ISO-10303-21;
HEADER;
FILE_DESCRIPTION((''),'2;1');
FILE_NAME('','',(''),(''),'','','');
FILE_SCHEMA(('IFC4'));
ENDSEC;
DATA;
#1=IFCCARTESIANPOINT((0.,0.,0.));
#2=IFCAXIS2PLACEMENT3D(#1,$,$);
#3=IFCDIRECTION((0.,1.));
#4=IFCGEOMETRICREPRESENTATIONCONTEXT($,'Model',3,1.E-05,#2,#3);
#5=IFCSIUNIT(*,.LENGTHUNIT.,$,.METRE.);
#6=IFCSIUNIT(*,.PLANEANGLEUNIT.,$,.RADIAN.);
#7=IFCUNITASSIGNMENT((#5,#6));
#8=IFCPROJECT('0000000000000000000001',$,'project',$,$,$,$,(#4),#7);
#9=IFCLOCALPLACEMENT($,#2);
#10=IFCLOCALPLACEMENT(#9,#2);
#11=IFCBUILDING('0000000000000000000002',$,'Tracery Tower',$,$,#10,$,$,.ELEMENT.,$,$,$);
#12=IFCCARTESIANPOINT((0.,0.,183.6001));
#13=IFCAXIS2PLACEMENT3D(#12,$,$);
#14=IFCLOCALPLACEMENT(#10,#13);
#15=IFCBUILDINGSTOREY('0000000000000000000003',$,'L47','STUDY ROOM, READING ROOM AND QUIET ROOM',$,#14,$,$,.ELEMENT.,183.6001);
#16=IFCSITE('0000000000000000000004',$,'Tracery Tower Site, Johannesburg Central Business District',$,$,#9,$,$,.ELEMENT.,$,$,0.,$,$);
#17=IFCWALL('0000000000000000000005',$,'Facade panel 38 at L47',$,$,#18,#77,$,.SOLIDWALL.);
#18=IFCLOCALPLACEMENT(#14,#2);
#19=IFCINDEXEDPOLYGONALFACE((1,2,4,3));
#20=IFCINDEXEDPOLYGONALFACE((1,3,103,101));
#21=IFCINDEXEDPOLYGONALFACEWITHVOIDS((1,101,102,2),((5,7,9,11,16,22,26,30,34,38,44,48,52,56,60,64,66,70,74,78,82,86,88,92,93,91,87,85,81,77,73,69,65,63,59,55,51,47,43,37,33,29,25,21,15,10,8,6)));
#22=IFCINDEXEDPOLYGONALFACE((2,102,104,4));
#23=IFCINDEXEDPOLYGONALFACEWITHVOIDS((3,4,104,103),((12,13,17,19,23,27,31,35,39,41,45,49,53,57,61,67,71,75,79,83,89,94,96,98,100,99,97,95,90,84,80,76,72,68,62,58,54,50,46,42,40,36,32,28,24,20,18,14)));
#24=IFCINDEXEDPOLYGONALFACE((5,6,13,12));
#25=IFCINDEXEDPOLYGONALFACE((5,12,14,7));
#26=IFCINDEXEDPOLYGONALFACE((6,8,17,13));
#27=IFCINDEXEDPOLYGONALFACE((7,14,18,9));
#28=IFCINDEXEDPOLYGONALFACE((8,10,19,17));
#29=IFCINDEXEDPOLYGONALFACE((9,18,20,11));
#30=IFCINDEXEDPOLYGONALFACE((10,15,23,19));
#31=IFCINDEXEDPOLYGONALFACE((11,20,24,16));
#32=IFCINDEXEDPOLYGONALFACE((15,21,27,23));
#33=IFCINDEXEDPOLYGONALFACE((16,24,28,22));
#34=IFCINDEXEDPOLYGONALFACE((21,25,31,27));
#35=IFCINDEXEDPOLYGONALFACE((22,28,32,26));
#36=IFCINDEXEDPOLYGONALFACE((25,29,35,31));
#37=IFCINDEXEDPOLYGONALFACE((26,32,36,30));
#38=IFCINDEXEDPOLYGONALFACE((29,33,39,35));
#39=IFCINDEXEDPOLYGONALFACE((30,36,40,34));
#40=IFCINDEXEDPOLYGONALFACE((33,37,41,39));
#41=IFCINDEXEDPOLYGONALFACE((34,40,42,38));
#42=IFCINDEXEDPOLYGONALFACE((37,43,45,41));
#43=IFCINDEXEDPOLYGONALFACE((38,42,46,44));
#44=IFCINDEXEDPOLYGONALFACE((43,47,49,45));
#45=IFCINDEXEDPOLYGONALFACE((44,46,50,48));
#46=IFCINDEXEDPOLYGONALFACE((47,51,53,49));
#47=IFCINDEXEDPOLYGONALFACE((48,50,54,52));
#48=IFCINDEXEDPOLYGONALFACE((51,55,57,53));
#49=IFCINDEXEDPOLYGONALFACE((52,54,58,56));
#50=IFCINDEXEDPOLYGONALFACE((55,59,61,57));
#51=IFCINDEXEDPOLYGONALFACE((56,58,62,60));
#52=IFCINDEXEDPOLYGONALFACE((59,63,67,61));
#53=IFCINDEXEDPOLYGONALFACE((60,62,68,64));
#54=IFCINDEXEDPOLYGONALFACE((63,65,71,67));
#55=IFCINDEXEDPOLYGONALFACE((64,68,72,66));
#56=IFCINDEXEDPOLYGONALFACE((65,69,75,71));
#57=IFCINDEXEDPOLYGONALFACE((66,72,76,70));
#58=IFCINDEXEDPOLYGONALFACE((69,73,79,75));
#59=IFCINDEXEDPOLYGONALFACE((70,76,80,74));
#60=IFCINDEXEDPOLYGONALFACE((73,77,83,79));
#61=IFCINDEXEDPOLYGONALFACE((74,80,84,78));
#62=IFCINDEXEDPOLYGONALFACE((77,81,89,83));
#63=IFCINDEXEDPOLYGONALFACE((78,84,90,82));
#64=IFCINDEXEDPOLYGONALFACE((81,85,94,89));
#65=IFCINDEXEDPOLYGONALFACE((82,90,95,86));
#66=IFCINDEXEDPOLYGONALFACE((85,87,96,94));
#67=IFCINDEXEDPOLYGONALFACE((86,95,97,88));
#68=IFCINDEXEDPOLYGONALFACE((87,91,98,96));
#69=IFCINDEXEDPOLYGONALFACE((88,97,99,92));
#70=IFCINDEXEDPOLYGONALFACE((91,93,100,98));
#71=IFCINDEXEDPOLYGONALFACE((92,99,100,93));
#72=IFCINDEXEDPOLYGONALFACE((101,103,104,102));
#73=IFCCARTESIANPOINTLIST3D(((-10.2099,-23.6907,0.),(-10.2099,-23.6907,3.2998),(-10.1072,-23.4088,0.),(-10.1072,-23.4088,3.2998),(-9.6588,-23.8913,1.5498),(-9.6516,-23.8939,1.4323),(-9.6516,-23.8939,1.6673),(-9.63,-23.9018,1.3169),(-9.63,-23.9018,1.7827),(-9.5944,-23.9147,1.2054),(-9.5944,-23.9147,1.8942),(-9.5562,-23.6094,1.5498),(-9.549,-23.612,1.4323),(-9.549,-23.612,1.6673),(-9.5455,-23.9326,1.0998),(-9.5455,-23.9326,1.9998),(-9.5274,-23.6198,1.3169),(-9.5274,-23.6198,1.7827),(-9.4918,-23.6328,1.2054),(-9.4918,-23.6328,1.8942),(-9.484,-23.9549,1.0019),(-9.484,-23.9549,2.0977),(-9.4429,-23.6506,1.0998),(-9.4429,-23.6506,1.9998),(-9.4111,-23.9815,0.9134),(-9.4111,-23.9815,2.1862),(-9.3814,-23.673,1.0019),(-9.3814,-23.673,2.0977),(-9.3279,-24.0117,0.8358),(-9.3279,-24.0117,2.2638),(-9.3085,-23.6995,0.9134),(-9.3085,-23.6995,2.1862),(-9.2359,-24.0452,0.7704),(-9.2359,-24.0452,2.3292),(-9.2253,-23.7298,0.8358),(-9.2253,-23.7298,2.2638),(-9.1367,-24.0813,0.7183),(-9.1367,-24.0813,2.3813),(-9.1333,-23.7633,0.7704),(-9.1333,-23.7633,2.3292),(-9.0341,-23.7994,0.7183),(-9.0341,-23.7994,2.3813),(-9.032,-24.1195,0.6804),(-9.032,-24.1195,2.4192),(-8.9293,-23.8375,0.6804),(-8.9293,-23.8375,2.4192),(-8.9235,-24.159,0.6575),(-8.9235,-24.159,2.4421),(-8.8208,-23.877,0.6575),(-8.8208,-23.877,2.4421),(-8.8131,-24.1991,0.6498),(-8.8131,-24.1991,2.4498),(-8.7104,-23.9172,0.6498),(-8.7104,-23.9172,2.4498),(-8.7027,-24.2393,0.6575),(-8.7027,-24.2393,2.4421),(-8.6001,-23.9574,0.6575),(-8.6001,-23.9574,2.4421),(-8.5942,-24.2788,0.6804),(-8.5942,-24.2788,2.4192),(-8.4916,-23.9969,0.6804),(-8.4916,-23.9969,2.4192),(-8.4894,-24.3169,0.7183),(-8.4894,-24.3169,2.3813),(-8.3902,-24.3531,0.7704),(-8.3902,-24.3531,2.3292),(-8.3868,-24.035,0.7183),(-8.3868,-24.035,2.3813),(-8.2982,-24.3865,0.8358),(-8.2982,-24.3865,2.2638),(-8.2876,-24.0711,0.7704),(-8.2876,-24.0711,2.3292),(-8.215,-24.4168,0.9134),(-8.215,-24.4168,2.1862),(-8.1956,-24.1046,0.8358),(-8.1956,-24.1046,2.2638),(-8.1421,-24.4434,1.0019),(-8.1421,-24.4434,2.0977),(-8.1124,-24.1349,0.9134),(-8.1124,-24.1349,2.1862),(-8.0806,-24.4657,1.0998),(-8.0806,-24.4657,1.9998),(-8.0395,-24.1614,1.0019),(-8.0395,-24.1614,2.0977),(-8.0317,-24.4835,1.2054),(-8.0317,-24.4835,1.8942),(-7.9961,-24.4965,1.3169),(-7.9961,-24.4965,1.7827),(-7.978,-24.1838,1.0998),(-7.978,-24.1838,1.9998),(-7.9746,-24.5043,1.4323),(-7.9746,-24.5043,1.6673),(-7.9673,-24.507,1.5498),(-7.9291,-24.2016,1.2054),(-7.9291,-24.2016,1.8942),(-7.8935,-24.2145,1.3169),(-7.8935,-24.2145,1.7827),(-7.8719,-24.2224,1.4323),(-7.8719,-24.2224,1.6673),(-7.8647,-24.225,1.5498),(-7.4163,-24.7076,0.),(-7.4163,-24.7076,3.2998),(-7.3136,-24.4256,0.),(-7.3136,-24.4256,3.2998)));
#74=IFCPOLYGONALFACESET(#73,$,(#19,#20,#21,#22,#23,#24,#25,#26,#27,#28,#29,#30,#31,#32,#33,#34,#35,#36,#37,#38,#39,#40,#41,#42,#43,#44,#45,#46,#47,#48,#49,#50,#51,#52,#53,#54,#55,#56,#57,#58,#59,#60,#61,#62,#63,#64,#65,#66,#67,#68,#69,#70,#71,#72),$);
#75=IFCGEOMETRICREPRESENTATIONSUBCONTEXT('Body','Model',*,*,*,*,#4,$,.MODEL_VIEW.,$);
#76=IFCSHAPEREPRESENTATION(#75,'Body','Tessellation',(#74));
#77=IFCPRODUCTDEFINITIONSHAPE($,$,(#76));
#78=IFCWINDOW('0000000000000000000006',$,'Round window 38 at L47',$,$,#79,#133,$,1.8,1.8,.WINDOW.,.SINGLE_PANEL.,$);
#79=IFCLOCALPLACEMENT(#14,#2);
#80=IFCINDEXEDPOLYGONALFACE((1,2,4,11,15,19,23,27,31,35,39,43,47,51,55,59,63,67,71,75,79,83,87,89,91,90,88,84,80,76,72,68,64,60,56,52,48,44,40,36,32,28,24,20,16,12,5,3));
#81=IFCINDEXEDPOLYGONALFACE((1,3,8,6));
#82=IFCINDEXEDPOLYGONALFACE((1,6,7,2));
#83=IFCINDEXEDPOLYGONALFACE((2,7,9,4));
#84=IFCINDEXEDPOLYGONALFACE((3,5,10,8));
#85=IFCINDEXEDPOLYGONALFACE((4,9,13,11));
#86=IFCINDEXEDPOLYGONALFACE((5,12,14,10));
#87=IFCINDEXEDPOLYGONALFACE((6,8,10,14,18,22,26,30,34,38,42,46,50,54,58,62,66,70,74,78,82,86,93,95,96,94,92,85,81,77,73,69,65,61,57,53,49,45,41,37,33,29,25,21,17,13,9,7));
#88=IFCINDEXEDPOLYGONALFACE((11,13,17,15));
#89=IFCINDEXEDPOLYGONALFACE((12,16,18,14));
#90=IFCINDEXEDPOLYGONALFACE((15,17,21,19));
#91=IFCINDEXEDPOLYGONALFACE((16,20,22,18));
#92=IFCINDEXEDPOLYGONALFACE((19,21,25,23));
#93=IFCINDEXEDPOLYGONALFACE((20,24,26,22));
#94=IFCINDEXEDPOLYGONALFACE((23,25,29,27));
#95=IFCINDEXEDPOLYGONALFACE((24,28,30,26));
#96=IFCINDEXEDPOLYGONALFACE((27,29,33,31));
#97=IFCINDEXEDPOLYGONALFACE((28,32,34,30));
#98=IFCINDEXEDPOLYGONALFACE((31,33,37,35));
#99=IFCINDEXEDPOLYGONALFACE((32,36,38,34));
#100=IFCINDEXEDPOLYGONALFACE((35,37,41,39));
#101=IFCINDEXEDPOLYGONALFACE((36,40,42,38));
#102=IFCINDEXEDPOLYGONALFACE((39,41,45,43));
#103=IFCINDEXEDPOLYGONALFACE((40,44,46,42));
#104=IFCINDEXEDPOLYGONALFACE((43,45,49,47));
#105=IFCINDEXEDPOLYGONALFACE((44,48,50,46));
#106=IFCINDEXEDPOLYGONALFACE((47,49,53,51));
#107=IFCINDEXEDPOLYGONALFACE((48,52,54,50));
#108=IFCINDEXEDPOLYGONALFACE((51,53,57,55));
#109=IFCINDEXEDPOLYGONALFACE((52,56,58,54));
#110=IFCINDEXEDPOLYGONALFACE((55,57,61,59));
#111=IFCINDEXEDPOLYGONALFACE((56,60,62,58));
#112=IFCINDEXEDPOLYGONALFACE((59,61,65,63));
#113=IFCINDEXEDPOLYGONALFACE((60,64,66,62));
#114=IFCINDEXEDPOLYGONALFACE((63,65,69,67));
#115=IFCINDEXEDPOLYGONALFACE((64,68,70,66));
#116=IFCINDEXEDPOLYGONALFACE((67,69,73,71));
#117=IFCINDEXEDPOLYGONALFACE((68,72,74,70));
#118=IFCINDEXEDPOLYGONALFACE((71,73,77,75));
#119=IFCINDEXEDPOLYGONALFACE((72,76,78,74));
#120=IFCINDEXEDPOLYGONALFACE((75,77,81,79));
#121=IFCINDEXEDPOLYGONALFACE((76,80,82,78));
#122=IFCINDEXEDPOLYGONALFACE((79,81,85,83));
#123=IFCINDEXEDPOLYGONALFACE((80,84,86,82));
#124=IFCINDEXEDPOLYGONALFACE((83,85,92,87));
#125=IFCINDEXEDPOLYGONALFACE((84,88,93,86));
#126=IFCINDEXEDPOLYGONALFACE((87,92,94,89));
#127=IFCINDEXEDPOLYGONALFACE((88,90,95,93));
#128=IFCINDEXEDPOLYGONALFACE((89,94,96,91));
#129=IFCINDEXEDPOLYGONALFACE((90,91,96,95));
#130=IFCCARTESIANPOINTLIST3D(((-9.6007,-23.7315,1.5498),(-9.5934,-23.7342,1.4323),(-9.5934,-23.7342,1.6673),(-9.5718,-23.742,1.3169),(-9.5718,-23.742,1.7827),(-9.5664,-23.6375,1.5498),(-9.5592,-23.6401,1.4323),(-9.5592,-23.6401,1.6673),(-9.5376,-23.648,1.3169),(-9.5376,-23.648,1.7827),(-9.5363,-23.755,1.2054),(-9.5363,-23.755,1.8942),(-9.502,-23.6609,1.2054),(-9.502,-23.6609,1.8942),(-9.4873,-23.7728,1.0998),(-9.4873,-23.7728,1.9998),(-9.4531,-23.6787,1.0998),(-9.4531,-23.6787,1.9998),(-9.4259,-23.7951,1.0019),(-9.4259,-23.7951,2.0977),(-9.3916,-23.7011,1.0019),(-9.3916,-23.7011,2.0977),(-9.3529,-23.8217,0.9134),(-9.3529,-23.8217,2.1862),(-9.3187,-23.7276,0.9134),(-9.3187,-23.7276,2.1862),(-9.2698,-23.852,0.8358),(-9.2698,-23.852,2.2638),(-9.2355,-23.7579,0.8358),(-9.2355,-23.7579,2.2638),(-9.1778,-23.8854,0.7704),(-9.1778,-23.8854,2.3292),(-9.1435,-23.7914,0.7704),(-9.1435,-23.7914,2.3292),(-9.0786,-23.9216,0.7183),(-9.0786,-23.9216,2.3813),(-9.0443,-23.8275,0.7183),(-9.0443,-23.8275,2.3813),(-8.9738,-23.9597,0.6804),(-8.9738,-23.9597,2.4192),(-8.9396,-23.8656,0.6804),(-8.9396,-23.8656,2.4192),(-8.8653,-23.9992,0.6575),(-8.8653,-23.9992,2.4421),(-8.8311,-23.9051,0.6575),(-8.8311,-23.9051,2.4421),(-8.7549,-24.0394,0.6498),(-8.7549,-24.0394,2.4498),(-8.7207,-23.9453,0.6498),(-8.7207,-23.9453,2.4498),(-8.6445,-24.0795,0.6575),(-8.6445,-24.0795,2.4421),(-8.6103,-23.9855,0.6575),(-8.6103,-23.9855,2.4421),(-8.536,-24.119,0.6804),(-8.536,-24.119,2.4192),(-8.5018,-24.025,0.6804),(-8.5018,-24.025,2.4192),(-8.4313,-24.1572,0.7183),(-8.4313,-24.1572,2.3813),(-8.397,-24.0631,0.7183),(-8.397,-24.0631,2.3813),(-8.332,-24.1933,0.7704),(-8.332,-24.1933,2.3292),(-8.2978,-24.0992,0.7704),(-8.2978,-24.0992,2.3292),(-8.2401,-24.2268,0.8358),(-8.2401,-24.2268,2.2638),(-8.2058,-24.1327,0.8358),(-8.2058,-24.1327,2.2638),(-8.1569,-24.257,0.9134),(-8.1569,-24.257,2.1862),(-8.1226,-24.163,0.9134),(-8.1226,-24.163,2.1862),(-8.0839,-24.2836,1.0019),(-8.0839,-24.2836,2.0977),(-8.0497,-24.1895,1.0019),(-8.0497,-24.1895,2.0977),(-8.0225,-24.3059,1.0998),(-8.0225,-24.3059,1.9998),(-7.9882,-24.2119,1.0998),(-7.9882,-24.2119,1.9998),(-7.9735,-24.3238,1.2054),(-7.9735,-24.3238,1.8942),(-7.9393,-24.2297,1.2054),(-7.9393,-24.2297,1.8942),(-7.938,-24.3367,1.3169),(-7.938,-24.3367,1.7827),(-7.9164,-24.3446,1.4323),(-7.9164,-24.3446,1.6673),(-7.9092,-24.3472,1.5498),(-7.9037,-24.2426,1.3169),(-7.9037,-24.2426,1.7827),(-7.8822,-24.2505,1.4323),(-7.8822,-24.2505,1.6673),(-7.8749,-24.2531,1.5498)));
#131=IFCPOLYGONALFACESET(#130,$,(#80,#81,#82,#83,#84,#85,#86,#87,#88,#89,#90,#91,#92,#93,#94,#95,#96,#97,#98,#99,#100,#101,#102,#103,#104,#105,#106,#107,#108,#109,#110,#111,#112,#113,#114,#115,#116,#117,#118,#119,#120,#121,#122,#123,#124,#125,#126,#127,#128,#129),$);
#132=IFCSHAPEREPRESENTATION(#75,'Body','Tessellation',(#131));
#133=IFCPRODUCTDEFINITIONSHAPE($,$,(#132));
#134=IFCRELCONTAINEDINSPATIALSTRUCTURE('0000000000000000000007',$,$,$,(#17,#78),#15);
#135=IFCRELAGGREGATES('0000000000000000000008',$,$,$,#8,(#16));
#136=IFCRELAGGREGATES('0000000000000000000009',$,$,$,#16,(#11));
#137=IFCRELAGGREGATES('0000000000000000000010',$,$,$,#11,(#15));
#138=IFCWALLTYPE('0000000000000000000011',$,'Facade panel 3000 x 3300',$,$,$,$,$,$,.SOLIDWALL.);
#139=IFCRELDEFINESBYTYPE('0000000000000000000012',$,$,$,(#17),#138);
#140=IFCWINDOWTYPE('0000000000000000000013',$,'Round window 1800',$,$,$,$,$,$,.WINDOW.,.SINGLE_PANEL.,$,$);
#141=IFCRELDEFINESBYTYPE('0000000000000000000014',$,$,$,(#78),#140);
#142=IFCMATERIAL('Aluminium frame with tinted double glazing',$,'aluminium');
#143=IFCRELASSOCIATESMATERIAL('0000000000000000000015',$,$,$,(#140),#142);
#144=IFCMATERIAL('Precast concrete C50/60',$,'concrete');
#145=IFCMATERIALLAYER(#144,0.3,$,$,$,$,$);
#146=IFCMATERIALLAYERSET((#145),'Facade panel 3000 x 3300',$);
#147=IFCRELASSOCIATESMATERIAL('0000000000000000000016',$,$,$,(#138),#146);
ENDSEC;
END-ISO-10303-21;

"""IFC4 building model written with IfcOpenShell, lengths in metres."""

from ifc_helpers import new_model, si_unit, direction, frame, frame_2d, origin, origin_2d, place, context, subcontext, project, spatial, rectangle, circle, extrude, material, layer, layer_set, type_object, element, fill, save


model = new_model("IFC4")

# Units and contexts
model_context = context("Model", 3, precision=1e-05, world=origin(), true_north=direction((0.0, 1.0)))
body_context = subcontext(model_context, "Body", "Model", "MODEL_VIEW")
ifc_project = project(units=[si_unit("LENGTHUNIT", "METRE"), si_unit("PLANEANGLEUNIT", "RADIAN")], contexts=[model_context])

# Site, building, storey
site_placement = place(None, origin())
site = spatial("IfcSite", under=ifc_project, at=site_placement, Name="Tracery Tower Site, Johannesburg Central Business District", CompositionType="ELEMENT", RefElevation=0.0)
building_placement = place(site_placement, origin())
building = spatial("IfcBuilding", under=site, at=building_placement, Name="Tracery Tower", CompositionType="ELEMENT")
storey_placement = place(building_placement, frame((0.0, 0.0, 183.6001)))
storey = spatial("IfcBuildingStorey", under=building, at=storey_placement, Name="L47", Description="STUDY ROOM, READING ROOM AND QUIET ROOM", CompositionType="ELEMENT", Elevation=183.6001)

# Wall, opening, window
ifc_material_1 = material(Name="Aluminium frame with tinted double glazing", Category="aluminium")
window_type = type_object("IfcWindowType", Name="Round window 1800", PartitioningType="SINGLE_PANEL", PredefinedType="WINDOW", material=ifc_material_1)
ifc_material_2 = material(Name="Precast concrete C50/60", Category="concrete")
ifc_layer_1 = layer(ifc_material_2, 0.3)
ifc_layer_set_1 = layer_set([ifc_layer_1], Name="Facade panel 3000 x 3300")
wall_type_1 = type_object("IfcWallType", Name="Facade panel 3000 x 3300", PredefinedType="SOLIDWALL", material=ifc_layer_set_1)
wall_1_placement = place(storey_placement, frame((-10.1584, -23.5498, 0.0), z_axis=(0.0, 0.0, 1.0), x_axis=(0.93969, -0.342027, 0.0)))
wall_1 = element("IfcWall", 1, at=wall_1_placement, inside=storey, type_object=wall_type_1, Name="Facade panel 38 at L47", PredefinedType="SOLIDWALL", context=body_context, shape_type="SweptSolid", body=[
    extrude(rectangle(XDim=2.9729, YDim=0.3, at=frame_2d((1.4863, 0.0))), origin(), (0.0, 0.0, 1.0), 3.2998),
])
opening_1_placement = place(wall_1_placement, frame((1.4863, 0.0, 1.5498)))
opening_1 = element("IfcOpeningElement", 2, at=opening_1_placement, cuts=wall_1, PredefinedType="OPENING", context=body_context, shape_type="SweptSolid", body=[
    extrude(circle(Radius=0.9, at=origin_2d()), frame((0.0, 0.1599, 0.0), z_axis=(0.0, -1.0, 0.0), x_axis=(1.0, 0.0, 0.0)), (0.0, 0.0, 1.0), 0.3201),
])
window_1_placement = place(opening_1_placement, origin())
window_1 = element("IfcWindow", 3, at=window_1_placement, inside=storey, type_object=window_type, Name="Round window 38 at L47", OverallHeight=1.8, OverallWidth=1.8, PartitioningType="SINGLE_PANEL", PredefinedType="WINDOW", context=body_context, shape_type="SweptSolid", body=[
    extrude(circle(Radius=0.9, at=origin_2d()), frame((0.0, 0.1201, 0.0), z_axis=(0.0, -1.0, 0.0), x_axis=(1.0, 0.0, 0.0)), (0.0, 0.0, 1.0), 0.1001),
])
fill(opening_1, window_1)

save(model, "model.ifc")
